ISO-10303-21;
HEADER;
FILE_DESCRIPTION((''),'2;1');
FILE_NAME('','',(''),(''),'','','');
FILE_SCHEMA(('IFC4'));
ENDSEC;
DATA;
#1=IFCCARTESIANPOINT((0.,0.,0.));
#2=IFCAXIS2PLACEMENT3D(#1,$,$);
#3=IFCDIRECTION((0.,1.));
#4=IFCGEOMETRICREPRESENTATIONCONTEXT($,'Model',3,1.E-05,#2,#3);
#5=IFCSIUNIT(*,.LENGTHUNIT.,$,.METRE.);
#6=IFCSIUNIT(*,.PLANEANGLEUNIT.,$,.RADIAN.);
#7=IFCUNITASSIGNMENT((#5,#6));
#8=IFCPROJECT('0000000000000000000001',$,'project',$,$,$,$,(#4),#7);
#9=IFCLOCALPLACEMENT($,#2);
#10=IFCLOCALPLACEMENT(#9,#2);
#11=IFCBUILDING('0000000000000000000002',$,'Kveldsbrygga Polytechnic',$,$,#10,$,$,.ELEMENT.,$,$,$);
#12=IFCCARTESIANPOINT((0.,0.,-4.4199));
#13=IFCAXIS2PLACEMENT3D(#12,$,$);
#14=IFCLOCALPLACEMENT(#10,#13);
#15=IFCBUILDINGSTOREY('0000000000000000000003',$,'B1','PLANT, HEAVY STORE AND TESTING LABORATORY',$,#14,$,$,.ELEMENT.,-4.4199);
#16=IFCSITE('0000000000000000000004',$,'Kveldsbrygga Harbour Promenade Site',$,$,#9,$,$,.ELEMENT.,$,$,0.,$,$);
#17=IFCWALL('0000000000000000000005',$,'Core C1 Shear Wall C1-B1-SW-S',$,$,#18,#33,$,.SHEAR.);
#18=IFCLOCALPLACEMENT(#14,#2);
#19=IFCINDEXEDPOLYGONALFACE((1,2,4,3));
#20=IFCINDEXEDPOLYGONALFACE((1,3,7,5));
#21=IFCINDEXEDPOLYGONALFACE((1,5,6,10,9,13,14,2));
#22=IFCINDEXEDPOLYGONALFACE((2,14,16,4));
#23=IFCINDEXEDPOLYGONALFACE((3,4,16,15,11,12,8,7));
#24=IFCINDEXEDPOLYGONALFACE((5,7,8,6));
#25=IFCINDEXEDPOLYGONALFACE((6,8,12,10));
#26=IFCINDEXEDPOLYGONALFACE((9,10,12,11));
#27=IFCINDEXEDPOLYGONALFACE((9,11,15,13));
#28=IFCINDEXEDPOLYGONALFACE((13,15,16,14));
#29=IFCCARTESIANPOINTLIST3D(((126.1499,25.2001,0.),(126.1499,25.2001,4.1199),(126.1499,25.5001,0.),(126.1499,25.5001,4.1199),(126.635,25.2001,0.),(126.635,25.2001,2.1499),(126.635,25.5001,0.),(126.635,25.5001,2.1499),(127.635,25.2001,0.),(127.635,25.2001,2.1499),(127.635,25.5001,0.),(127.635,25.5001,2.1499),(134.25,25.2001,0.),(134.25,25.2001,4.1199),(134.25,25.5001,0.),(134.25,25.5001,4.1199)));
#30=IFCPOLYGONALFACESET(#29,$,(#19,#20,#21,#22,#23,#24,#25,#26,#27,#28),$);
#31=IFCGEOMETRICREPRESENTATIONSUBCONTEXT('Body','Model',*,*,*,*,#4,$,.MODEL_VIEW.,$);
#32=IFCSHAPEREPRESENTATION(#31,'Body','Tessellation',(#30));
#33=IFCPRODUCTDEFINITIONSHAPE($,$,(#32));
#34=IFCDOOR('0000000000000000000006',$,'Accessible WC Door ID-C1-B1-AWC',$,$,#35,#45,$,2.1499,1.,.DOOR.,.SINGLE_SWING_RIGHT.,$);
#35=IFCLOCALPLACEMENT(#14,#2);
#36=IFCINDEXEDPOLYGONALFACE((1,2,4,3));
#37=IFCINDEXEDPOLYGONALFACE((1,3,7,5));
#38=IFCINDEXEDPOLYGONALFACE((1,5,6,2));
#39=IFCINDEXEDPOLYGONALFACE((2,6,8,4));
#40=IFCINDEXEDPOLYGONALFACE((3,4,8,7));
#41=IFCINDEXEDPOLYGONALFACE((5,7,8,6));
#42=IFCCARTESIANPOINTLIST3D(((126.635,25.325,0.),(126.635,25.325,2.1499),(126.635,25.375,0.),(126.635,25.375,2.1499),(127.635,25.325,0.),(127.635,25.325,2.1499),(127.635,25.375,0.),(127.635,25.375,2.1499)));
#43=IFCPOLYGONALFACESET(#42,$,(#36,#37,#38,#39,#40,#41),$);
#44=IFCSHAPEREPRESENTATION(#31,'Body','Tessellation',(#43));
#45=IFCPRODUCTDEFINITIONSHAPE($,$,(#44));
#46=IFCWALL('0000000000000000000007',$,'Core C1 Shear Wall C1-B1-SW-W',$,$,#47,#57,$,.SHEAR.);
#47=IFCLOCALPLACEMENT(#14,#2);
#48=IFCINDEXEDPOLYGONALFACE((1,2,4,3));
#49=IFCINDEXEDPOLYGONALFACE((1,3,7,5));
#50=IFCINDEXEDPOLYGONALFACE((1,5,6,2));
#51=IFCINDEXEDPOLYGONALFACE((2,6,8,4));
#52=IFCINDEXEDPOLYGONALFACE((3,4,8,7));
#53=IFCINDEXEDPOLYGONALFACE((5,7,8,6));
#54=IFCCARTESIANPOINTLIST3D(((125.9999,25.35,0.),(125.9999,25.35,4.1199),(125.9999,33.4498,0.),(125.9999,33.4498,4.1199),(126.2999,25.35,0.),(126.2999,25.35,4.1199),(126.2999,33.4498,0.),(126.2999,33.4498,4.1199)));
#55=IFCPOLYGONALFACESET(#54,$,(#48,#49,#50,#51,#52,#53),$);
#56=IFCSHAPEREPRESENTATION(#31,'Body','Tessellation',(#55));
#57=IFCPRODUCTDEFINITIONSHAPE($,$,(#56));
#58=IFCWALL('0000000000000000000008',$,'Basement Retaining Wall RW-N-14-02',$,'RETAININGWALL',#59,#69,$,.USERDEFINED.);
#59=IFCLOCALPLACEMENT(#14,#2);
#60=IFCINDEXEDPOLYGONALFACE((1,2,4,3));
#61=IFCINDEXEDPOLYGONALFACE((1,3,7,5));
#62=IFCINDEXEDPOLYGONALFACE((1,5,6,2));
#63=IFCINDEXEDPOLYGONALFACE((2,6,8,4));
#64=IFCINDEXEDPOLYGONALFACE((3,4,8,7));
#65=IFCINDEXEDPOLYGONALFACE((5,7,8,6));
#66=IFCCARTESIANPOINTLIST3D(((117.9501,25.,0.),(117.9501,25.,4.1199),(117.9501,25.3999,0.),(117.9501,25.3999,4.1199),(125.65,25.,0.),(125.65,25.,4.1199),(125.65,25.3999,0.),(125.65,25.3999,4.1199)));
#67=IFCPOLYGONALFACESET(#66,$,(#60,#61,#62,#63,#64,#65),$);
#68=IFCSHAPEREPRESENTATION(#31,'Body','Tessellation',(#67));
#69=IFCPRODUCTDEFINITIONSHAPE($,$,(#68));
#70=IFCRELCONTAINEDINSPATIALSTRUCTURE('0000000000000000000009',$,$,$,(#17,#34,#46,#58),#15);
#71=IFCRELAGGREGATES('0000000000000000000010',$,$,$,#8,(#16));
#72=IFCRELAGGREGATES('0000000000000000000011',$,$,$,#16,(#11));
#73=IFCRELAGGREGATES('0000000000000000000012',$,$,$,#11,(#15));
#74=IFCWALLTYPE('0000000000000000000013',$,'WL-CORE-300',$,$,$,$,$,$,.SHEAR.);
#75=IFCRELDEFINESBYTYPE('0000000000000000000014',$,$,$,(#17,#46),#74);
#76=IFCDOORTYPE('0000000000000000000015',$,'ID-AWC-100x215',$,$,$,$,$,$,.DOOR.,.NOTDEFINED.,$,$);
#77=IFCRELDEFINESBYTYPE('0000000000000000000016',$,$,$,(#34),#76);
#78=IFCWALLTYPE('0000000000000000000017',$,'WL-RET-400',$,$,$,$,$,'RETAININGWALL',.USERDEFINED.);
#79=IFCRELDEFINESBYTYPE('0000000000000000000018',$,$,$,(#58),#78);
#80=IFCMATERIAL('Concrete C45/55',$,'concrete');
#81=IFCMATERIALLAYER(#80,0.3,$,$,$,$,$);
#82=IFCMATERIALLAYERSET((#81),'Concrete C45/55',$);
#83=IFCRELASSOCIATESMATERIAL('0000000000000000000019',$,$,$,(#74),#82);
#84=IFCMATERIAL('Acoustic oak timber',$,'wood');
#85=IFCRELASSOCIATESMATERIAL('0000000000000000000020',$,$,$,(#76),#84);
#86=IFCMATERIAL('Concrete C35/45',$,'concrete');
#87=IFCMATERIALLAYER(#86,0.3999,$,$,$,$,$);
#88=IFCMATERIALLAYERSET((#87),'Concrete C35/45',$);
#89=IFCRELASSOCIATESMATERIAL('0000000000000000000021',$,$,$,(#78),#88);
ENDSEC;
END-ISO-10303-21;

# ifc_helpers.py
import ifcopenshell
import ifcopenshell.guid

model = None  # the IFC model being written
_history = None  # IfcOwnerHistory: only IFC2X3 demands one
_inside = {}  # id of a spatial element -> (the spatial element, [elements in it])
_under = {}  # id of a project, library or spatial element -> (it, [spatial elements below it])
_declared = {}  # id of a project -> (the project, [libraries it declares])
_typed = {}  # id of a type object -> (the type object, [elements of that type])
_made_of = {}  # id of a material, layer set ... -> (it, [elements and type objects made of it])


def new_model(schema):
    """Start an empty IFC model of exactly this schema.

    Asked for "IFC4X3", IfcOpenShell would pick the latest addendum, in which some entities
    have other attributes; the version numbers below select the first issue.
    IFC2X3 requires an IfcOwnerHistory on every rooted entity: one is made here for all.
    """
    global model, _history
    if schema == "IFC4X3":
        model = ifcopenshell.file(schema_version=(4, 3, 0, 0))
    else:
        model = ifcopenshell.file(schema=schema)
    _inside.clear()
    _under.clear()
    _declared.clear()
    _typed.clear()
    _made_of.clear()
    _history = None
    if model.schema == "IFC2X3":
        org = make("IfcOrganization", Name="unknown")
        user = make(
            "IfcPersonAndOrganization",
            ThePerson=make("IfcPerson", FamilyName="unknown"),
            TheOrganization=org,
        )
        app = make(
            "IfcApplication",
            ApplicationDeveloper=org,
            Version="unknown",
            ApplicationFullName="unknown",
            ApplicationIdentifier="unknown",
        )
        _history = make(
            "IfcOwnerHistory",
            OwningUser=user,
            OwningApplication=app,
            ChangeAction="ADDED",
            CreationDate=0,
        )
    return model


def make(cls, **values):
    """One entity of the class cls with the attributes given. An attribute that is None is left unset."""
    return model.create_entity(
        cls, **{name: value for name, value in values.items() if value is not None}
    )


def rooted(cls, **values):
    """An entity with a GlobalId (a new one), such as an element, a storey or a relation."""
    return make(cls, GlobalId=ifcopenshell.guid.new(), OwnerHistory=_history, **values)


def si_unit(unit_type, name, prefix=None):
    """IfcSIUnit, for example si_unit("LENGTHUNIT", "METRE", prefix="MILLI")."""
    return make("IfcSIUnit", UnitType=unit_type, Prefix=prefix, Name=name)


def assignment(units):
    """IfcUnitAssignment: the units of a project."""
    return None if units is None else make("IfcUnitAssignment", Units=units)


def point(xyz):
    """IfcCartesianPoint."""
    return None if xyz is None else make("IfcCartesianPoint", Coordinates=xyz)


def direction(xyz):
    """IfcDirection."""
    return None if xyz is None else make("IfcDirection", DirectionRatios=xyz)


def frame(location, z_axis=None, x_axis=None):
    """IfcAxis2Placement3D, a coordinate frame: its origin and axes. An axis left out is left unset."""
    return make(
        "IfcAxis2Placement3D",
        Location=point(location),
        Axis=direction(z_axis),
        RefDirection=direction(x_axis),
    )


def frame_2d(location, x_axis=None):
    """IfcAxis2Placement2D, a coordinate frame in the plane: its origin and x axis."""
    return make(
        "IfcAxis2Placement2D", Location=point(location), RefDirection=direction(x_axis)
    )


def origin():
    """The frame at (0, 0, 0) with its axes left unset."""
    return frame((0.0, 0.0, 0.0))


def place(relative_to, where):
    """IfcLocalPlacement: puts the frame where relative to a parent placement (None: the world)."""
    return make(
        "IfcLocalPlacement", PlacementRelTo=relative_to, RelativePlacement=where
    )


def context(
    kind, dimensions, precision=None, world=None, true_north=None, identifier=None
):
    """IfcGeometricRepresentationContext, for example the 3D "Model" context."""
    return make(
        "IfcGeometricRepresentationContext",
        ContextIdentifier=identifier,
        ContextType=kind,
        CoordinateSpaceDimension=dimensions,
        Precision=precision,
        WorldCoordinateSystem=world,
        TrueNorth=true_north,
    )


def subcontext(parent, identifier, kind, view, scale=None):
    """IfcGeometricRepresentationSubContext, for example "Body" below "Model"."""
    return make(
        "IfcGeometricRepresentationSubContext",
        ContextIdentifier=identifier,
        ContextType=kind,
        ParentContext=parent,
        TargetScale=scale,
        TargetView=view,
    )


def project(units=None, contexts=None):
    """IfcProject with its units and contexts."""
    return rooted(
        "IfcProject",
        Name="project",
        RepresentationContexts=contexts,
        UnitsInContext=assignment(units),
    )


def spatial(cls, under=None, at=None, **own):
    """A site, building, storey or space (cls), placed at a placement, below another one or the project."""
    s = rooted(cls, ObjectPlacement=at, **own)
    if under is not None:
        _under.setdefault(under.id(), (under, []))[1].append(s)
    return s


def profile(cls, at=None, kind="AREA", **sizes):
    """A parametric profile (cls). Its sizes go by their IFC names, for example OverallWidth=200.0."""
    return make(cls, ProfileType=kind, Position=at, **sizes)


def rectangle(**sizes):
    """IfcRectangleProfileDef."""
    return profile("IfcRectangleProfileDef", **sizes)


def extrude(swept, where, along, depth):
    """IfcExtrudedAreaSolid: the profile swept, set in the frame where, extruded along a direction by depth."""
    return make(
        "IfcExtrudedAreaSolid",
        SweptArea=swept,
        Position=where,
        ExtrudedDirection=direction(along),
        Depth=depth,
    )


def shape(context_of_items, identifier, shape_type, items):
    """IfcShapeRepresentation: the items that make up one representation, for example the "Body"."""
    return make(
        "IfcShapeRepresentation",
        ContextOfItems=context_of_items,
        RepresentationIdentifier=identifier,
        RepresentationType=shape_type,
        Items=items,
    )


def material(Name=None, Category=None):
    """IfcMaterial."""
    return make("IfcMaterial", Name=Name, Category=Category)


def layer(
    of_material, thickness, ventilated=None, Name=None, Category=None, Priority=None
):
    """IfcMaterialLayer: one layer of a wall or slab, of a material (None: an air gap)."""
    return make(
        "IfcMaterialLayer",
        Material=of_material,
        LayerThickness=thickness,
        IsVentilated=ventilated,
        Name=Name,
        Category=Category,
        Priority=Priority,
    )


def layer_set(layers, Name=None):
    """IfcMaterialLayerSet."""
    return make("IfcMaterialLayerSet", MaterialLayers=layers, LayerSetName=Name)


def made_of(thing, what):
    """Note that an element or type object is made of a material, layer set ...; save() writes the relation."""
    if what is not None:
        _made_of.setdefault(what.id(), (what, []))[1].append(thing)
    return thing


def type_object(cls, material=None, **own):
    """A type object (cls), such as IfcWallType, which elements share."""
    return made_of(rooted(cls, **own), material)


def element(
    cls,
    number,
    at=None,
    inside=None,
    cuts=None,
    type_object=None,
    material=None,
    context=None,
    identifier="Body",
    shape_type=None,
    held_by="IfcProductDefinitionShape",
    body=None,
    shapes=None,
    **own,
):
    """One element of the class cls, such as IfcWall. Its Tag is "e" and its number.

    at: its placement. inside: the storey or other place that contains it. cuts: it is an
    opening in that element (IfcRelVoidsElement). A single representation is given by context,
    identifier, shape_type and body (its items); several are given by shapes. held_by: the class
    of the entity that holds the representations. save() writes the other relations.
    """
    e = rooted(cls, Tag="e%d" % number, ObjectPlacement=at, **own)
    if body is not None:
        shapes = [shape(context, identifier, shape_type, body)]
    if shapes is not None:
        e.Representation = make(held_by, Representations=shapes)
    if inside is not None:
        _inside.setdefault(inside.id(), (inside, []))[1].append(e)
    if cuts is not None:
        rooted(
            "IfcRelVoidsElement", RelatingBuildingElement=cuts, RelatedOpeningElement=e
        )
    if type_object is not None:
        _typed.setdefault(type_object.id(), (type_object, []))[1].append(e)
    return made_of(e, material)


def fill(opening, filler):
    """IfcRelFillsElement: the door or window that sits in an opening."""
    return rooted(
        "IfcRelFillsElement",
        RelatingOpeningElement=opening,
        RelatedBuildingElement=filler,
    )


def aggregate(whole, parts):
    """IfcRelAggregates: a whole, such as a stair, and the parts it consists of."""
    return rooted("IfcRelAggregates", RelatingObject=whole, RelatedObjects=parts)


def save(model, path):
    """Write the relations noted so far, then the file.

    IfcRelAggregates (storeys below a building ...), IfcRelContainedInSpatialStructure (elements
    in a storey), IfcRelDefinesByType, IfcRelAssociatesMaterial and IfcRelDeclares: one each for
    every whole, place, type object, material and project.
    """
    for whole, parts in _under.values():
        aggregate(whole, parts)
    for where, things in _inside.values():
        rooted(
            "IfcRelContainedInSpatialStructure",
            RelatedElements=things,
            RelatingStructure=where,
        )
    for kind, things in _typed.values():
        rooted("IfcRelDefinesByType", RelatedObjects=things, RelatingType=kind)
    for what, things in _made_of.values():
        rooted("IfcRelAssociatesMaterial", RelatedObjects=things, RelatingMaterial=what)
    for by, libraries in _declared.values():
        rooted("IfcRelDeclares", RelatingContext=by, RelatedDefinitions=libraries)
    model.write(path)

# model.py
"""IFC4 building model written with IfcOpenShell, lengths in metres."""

from ifc_helpers import new_model, si_unit, direction, frame, frame_2d, origin, place, context, subcontext, project, spatial, rectangle, extrude, material, layer, layer_set, type_object, element, fill, save


model = new_model("IFC4")

# Units and contexts
model_context = context("Model", 3, precision=1e-05, world=origin(), true_north=direction((0.0, 1.0)))
body_context = subcontext(model_context, "Body", "Model", "MODEL_VIEW")
ifc_project = project(units=[si_unit("LENGTHUNIT", "METRE"), si_unit("PLANEANGLEUNIT", "RADIAN")], contexts=[model_context])

# Site, building, storey
site_placement = place(None, origin())
site = spatial("IfcSite", under=ifc_project, at=site_placement, Name="Kveldsbrygga Harbour Promenade Site", CompositionType="ELEMENT", RefElevation=0.0)
building_placement = place(site_placement, origin())
building = spatial("IfcBuilding", under=site, at=building_placement, Name="Kveldsbrygga Polytechnic", CompositionType="ELEMENT")
storey_placement = place(building_placement, frame((0.0, 0.0, -4.4199)))
storey = spatial("IfcBuildingStorey", under=building, at=storey_placement, Name="B1", Description="PLANT, HEAVY STORE AND TESTING LABORATORY", CompositionType="ELEMENT", Elevation=-4.4199)

# Shared definitions
ifc_material_1 = material(Name="Concrete C45/55", Category="concrete")

# Shared definitions
ifc_material_2 = material(Name="Concrete C35/45", Category="concrete")

# Wall, opening, door
ifc_material_3 = material(Name="Acoustic oak timber", Category="wood")
ifc_layer_1 = layer(ifc_material_1, 0.3)
ifc_layer_set_1 = layer_set([ifc_layer_1], Name="Concrete C45/55")
wall_type_1 = type_object("IfcWallType", Name="WL-CORE-300", PredefinedType="SHEAR", material=ifc_layer_set_1)
wall_1_placement = place(storey_placement, frame((126.1499, 25.3501, 0.0), z_axis=(0.0, 0.0, 1.0), x_axis=(1.0, 0.0, 0.0)))
wall_1 = element("IfcWall", 1, at=wall_1_placement, inside=storey, type_object=wall_type_1, Name="Core C1 Shear Wall C1-B1-SW-S", PredefinedType="SHEAR", context=body_context, shape_type="SweptSolid", body=[
    extrude(rectangle(XDim=8.1001, YDim=0.3, at=frame_2d((4.05, 0.0))), origin(), (0.0, 0.0, 1.0), 4.1199),
])
opening_1_placement = place(wall_1_placement, frame((0.4851, 0.0, 0.0)))
opening_1 = element("IfcOpeningElement", 2, at=opening_1_placement, cuts=wall_1, PredefinedType="OPENING", context=body_context, shape_type="SweptSolid", body=[
    extrude(rectangle(XDim=1.0, YDim=2.1499, at=frame_2d((0.5, 1.075))), frame((0.0, 0.1602, 0.0), z_axis=(0.0, -1.0, 0.0), x_axis=(1.0, 0.0, 0.0)), (0.0, 0.0, 1.0), 0.3201),
])
door_type_1 = type_object("IfcDoorType", Name="ID-AWC-100x215", OperationType="NOTDEFINED", PredefinedType="DOOR", material=ifc_material_3)
door_1_placement = place(opening_1_placement, origin())
door_1 = element("IfcDoor", 3, at=door_1_placement, inside=storey, type_object=door_type_1, Name="Accessible WC Door ID-C1-B1-AWC", OperationType="SINGLE_SWING_RIGHT", OverallHeight=2.1499, OverallWidth=1.0, PredefinedType="DOOR", context=body_context, shape_type="SweptSolid", body=[
    extrude(rectangle(XDim=1.0, YDim=2.1499, at=frame_2d((0.5, 1.075))), frame((0.0, 0.0249, 0.0), z_axis=(0.0, -1.0, 0.0), x_axis=(1.0, 0.0, 0.0)), (0.0, 0.0, 1.0), 0.05),
])
fill(opening_1, door_1)

# Walls
wall_2_placement = place(storey_placement, frame((126.1499, 25.3501, 0.0), z_axis=(0.0, 0.0, 1.0), x_axis=(0.0, 1.0, 0.0)))
element("IfcWall", 4, at=wall_2_placement, inside=storey, type_object=wall_type_1, Name="Core C1 Shear Wall C1-B1-SW-W", PredefinedType="SHEAR", context=body_context, shape_type="SweptSolid", body=[
    extrude(rectangle(XDim=8.0999, YDim=0.3, at=frame_2d((4.0498, 0.0))), origin(), (0.0, 0.0, 1.0), 4.1199),
])
ifc_layer_2 = layer(ifc_material_2, 0.3999)
ifc_layer_set_2 = layer_set([ifc_layer_2], Name="Concrete C35/45")
wall_type_2 = type_object("IfcWallType", Name="WL-RET-400", ElementType="RETAININGWALL", PredefinedType="USERDEFINED", material=ifc_layer_set_2)
wall_3_placement = place(storey_placement, frame((117.95, 25.2, 0.0), z_axis=(0.0, 0.0, 1.0), x_axis=(1.0, 0.0, 0.0)))
element("IfcWall", 5, at=wall_3_placement, inside=storey, type_object=wall_type_2, Name="Basement Retaining Wall RW-N-14-02", ObjectType="RETAININGWALL", PredefinedType="USERDEFINED", context=body_context, shape_type="SweptSolid", body=[
    extrude(rectangle(XDim=7.7, YDim=0.3999, at=frame_2d((3.8501, 0.0))), origin(), (0.0, 0.0, 1.0), 4.1199),
])

save(model, "model.ifc")
